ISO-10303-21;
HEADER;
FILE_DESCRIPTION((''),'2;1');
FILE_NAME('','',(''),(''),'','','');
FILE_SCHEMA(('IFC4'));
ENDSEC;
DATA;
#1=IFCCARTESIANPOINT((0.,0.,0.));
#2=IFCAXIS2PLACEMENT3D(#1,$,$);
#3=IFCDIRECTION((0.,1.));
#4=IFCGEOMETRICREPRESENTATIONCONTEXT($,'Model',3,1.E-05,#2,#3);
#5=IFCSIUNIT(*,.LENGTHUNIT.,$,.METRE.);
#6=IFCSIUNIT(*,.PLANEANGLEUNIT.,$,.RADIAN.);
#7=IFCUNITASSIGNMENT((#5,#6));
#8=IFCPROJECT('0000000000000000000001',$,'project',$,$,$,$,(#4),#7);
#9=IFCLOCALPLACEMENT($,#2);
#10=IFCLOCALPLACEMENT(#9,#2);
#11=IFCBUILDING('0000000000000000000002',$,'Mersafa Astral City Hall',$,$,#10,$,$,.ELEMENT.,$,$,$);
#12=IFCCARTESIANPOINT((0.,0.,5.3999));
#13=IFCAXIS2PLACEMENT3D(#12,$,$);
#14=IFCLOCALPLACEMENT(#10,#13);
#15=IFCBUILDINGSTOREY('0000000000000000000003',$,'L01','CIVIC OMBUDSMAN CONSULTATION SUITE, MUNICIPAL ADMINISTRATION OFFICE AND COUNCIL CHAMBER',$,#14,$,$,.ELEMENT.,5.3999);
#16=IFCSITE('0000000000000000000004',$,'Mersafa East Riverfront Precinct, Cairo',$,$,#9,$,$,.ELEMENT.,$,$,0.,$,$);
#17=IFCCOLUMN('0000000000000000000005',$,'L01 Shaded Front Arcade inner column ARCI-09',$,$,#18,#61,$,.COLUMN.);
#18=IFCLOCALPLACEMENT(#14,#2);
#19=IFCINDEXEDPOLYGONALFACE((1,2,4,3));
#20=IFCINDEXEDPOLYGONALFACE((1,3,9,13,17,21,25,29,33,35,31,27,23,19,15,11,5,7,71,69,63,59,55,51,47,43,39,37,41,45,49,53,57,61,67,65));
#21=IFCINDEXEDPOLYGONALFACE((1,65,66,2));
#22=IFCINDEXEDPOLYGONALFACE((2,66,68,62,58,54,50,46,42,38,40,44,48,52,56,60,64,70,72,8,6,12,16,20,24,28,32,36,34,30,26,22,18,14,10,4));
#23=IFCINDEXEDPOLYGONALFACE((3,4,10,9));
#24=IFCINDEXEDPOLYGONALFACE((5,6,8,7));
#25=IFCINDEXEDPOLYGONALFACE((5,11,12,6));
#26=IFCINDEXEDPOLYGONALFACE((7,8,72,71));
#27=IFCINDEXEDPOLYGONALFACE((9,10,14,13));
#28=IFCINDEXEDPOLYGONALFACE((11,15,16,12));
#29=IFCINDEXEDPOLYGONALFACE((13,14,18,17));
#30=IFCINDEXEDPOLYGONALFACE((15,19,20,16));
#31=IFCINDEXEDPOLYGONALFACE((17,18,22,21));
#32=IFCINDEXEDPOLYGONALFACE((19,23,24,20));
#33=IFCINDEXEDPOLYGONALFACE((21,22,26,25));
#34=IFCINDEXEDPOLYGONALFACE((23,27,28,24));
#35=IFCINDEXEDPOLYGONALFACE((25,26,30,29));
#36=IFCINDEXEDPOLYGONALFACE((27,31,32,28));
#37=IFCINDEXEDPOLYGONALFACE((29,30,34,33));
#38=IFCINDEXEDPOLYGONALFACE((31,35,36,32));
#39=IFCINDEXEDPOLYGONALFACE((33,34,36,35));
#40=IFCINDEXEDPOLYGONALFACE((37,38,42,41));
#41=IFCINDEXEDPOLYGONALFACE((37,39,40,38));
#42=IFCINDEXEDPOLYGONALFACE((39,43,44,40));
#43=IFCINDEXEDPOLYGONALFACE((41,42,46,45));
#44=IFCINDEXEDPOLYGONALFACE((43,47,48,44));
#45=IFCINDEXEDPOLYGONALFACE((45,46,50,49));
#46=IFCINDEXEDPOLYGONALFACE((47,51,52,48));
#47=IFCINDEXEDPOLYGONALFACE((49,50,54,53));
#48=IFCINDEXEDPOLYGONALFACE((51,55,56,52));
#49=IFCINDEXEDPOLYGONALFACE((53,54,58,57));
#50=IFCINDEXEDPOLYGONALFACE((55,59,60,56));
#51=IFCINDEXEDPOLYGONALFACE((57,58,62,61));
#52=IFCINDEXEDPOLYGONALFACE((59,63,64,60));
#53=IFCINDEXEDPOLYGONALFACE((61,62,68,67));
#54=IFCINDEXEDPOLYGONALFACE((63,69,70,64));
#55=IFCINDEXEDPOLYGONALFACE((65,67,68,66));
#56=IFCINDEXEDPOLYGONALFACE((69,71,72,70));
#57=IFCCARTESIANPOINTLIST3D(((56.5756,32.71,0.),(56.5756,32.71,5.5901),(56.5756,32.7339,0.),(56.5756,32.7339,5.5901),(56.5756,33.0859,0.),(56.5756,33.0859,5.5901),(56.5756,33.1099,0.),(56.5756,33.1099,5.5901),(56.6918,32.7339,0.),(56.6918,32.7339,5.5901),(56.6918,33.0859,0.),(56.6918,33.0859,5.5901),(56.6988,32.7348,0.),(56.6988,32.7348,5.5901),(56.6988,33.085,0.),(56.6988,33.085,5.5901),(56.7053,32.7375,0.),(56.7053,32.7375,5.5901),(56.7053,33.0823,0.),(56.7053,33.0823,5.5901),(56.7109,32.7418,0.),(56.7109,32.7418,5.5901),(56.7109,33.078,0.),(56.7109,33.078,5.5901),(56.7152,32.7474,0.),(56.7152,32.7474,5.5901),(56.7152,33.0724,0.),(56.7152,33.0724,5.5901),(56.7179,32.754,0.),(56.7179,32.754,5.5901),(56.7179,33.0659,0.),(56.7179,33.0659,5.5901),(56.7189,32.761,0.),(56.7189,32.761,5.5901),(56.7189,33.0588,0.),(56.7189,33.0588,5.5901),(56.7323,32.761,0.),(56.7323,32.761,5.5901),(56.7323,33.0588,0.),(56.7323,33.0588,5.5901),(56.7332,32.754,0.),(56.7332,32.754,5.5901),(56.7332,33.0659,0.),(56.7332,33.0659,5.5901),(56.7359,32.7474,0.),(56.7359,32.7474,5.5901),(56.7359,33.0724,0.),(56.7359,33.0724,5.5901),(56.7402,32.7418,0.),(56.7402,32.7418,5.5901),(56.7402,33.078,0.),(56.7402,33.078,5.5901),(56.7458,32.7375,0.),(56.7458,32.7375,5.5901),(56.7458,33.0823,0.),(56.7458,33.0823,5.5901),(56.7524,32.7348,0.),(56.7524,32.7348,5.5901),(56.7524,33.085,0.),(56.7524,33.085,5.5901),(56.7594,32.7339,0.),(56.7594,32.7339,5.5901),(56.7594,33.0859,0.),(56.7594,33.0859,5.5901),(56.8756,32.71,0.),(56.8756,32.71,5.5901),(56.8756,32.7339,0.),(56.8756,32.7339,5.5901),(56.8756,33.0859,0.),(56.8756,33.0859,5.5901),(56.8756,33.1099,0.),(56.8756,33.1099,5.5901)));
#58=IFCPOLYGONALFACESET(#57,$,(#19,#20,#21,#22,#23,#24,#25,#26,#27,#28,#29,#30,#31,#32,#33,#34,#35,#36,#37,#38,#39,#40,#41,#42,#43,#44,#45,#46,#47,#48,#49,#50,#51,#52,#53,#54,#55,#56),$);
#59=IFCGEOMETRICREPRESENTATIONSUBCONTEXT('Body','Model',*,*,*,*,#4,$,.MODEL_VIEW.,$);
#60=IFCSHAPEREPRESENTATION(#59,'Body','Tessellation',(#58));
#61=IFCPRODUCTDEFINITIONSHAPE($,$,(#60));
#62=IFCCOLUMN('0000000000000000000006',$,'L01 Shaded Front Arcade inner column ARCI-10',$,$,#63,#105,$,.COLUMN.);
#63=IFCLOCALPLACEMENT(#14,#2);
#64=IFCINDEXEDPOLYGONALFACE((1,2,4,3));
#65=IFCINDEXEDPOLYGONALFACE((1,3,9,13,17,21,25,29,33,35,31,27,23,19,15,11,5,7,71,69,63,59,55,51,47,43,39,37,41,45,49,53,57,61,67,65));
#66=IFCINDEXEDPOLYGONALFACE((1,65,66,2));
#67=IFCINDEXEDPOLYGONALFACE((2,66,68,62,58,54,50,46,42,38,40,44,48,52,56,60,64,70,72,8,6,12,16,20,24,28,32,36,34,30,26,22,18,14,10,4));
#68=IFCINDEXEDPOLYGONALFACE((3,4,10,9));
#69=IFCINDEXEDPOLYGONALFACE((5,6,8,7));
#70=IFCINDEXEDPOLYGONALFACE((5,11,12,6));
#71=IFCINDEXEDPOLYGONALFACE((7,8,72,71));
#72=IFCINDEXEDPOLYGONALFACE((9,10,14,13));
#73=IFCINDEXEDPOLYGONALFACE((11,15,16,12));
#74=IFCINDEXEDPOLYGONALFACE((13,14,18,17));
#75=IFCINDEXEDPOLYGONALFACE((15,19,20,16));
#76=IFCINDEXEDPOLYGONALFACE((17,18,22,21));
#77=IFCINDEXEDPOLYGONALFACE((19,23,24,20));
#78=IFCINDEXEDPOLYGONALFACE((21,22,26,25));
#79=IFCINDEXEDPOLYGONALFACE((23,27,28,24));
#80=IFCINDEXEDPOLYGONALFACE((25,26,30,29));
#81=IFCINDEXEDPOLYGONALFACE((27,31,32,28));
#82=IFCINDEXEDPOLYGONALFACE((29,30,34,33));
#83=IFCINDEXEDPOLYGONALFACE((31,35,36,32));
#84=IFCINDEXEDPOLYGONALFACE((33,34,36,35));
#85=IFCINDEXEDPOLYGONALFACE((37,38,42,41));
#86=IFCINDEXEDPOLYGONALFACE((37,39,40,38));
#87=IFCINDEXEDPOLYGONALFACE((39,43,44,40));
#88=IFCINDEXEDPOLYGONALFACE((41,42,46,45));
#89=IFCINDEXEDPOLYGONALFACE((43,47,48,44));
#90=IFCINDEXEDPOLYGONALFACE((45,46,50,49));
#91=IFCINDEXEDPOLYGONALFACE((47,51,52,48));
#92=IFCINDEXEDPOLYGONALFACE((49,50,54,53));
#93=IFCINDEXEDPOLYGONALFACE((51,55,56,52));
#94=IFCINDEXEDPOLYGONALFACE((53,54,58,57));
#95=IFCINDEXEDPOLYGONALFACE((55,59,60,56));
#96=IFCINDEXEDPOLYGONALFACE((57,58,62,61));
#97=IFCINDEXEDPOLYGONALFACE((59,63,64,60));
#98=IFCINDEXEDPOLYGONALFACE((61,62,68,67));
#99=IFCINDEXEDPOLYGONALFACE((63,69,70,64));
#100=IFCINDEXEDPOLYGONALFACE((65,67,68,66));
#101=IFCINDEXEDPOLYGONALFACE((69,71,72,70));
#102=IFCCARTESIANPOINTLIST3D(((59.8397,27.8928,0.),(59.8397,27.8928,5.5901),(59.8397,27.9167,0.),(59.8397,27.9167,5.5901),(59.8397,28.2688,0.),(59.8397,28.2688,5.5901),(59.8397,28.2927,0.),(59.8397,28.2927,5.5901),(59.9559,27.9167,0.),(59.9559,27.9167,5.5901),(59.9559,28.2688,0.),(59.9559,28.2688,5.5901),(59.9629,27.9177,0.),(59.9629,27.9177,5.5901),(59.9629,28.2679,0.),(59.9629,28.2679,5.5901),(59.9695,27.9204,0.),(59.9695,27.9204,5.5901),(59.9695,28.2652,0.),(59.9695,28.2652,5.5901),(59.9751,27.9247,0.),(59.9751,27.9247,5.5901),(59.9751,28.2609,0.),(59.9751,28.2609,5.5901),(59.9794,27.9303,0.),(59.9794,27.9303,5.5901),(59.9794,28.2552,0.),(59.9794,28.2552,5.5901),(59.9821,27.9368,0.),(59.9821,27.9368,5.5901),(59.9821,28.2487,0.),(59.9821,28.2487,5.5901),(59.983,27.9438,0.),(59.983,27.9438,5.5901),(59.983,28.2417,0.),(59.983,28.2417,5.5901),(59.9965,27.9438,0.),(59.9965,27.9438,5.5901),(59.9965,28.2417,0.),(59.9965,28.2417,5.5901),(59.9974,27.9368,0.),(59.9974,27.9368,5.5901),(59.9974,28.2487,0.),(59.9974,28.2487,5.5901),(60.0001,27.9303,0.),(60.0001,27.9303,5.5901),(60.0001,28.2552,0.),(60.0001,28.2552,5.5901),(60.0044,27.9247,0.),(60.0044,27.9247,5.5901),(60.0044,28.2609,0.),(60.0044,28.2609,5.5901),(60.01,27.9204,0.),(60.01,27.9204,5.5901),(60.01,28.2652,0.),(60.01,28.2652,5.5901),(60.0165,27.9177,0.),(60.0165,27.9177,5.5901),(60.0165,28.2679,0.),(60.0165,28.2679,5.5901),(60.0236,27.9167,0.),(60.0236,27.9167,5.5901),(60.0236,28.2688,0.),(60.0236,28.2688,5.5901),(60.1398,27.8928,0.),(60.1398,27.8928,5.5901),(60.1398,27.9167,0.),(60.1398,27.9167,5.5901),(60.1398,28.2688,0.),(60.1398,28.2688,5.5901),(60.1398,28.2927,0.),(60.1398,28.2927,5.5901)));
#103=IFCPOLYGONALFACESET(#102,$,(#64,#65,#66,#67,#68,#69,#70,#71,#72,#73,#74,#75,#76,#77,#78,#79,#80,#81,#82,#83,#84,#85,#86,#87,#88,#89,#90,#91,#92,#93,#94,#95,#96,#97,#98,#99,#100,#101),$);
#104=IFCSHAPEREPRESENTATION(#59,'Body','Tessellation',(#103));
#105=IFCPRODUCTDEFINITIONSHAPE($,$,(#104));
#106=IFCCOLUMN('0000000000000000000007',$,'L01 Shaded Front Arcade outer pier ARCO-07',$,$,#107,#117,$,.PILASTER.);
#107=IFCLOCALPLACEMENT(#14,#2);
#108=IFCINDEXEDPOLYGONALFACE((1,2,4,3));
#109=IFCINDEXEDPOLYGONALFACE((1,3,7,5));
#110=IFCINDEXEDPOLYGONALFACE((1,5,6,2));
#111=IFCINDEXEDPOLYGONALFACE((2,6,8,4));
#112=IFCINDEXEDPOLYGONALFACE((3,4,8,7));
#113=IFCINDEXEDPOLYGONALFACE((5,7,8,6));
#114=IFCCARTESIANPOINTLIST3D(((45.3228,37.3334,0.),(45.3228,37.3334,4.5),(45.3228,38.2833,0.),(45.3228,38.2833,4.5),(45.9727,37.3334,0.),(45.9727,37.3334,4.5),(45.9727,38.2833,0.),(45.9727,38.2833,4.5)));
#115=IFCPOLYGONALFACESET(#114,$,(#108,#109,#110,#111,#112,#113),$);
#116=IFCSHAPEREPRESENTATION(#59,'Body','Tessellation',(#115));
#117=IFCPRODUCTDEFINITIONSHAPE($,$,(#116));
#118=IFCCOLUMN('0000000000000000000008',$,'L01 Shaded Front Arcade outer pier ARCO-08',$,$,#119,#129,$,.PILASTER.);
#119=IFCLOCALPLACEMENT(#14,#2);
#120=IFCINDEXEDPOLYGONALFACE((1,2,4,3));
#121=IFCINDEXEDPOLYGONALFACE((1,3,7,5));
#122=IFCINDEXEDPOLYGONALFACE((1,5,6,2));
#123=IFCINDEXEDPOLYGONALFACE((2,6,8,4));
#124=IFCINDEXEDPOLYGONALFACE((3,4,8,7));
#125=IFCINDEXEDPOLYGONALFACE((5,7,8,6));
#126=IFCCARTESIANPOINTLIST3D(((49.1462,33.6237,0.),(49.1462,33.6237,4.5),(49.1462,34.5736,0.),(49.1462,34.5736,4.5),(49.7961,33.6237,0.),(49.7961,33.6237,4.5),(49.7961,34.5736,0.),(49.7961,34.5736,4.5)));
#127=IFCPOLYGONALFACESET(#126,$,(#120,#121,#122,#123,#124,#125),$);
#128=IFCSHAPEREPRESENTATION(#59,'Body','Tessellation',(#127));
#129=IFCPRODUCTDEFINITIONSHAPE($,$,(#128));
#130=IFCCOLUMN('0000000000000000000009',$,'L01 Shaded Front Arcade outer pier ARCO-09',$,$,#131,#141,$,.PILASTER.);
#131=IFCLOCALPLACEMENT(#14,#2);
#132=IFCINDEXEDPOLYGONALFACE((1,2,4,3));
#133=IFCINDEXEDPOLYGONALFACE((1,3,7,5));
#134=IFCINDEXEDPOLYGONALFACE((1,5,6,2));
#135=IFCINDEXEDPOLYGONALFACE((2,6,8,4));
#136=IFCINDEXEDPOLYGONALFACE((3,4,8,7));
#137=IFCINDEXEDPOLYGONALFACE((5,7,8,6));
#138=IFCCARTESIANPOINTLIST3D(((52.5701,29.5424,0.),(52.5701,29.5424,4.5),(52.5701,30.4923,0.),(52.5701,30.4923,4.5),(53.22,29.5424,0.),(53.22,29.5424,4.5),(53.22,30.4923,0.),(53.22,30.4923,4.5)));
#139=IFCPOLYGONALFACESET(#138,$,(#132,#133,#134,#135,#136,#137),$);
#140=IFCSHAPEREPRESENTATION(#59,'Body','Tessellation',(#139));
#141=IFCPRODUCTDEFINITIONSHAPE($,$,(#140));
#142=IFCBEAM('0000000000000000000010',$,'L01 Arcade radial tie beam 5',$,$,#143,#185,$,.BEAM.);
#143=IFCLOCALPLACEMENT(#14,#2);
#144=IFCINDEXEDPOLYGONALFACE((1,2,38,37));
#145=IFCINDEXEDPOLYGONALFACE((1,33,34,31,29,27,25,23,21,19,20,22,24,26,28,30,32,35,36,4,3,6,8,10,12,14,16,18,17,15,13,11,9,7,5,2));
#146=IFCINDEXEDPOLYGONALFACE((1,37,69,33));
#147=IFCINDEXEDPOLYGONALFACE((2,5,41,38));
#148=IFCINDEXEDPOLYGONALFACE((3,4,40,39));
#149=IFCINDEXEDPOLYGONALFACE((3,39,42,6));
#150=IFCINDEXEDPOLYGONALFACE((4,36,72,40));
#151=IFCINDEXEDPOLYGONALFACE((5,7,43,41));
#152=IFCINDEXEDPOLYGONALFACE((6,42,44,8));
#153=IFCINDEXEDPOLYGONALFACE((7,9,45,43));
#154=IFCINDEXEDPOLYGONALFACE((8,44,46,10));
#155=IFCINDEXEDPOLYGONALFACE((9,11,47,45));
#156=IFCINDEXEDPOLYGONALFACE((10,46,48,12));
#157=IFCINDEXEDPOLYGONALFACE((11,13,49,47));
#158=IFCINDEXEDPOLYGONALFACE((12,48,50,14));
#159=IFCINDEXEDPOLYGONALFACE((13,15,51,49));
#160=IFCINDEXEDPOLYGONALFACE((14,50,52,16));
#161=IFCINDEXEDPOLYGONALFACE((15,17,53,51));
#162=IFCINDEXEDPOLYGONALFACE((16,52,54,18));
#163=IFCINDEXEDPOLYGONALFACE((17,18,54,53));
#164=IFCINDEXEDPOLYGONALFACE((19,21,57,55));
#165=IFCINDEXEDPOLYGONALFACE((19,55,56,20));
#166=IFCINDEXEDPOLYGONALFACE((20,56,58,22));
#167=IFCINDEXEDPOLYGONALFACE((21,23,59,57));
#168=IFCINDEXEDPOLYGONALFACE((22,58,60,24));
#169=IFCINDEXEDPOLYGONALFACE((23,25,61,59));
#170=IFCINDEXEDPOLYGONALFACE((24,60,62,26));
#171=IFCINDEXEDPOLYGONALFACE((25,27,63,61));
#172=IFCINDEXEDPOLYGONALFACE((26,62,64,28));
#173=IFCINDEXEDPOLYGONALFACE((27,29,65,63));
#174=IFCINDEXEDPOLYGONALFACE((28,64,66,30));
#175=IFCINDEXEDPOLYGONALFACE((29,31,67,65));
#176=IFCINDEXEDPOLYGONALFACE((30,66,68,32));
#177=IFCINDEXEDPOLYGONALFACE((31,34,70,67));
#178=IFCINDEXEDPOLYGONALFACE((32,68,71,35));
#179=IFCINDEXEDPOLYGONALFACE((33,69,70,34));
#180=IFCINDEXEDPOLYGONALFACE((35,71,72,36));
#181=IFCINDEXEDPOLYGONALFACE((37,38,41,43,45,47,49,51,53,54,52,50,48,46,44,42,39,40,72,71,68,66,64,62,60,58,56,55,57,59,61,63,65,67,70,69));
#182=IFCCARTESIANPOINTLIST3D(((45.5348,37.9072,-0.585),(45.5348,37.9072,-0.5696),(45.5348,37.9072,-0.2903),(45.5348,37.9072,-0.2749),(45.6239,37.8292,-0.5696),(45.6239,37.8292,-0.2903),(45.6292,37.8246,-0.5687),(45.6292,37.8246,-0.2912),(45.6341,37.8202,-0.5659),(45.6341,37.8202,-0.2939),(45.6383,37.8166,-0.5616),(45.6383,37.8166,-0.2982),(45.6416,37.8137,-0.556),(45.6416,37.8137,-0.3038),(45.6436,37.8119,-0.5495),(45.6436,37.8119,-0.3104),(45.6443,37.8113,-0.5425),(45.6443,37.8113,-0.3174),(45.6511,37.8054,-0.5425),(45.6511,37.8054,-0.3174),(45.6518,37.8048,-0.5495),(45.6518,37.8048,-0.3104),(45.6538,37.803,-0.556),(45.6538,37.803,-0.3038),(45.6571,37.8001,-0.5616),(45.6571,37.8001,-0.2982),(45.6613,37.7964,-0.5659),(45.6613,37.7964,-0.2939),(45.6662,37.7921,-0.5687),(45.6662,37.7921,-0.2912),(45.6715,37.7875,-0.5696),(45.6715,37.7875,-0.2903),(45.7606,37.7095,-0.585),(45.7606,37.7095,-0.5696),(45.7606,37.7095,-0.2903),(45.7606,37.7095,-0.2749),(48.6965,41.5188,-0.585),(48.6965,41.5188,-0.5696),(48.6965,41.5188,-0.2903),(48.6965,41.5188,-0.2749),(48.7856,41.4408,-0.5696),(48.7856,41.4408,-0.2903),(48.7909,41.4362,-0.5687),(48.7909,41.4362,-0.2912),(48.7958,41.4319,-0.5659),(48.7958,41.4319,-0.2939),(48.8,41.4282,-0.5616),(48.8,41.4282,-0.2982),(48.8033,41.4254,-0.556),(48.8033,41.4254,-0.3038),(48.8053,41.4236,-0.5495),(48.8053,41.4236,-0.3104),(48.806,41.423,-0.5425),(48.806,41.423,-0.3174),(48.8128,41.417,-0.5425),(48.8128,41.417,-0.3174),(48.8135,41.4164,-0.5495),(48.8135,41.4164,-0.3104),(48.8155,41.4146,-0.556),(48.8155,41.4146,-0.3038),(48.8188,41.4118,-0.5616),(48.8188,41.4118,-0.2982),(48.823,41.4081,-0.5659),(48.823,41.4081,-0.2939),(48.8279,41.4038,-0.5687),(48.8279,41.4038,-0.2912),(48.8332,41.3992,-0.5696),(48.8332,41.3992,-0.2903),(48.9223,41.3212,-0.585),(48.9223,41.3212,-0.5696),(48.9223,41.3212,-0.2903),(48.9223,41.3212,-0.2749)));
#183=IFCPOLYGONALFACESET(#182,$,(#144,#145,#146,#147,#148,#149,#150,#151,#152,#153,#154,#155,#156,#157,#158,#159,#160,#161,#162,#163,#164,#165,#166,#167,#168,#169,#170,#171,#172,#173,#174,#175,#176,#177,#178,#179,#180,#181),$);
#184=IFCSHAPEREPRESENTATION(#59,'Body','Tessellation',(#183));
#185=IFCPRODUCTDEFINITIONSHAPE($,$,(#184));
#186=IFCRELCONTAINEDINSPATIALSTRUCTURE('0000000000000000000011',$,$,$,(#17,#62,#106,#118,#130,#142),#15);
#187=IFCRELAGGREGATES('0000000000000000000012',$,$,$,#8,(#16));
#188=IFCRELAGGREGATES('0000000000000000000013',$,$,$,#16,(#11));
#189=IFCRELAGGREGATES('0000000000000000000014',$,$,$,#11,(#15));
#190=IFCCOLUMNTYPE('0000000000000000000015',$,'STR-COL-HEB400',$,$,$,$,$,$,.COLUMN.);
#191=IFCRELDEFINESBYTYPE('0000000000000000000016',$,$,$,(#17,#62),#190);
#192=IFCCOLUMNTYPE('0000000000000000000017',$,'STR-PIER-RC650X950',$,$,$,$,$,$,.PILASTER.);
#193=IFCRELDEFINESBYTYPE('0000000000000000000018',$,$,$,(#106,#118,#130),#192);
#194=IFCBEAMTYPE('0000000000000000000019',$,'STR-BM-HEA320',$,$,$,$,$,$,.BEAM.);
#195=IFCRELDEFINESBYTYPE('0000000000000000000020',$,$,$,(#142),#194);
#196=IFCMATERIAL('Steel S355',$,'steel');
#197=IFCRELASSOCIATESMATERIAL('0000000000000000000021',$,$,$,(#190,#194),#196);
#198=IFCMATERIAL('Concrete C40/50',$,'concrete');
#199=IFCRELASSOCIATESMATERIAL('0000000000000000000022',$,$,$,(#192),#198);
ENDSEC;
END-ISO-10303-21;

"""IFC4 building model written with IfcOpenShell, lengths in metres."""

from ifc_helpers import new_model, si_unit, direction, frame, origin, origin_2d, place, context, subcontext, project, spatial, rectangle, i_section, extrude, material, material_profile, profile_set, type_object, element, save


model = new_model("IFC4")

# Units and contexts
model_context = context("Model", 3, precision=1e-05, world=origin(), true_north=direction((0.0, 1.0)))
body_context = subcontext(model_context, "Body", "Model", "MODEL_VIEW")
ifc_project = project(units=[si_unit("LENGTHUNIT", "METRE"), si_unit("PLANEANGLEUNIT", "RADIAN")], contexts=[model_context])

# Site, building, storey
site_placement = place(None, origin())
site = spatial("IfcSite", under=ifc_project, at=site_placement, Name="Mersafa East Riverfront Precinct, Cairo", CompositionType="ELEMENT", RefElevation=0.0)
building_placement = place(site_placement, origin())
building = spatial("IfcBuilding", under=site, at=building_placement, Name="Mersafa Astral City Hall", CompositionType="ELEMENT")
storey_placement = place(building_placement, frame((0.0, 0.0, 5.3999)))
storey = spatial("IfcBuildingStorey", under=building, at=storey_placement, Name="L01", Description="CIVIC OMBUDSMAN CONSULTATION SUITE, MUNICIPAL ADMINISTRATION OFFICE AND COUNCIL CHAMBER", CompositionType="ELEMENT", Elevation=5.3999)

# Columns
ifc_material_1 = material(Name="Steel S355", Category="steel")
ifc_material_profile_1 = material_profile(ifc_material_1, i_section(OverallWidth=0.3, OverallDepth=0.3999, WebThickness=0.0134, FlangeThickness=0.0239, FilletRadius=0.0271, at=origin_2d()), Name="HEB 400")
ifc_profile_set_1 = profile_set([ifc_material_profile_1], Name="Steel S355")
column_type_1 = type_object("IfcColumnType", Name="STR-COL-HEB400", PredefinedType="COLUMN", material=ifc_profile_set_1)
for number, where, z_axis, x_axis, name in (
    (1, (56.7256, 32.9099, 0.0), (0.0, 0.0, 1.0), (1.0, 0.0, 0.0), "L01 Shaded Front Arcade inner column ARCI-09"),
    (2, (59.9897, 28.0928, 0.0), (0.0, 0.0, 1.0), (1.0, 0.0, 0.0), "L01 Shaded Front Arcade inner column ARCI-10"),
):
    element("IfcColumn", number, at=place(storey_placement, frame(where, z_axis=z_axis, x_axis=x_axis)), inside=storey, type_object=column_type_1, Name=name, PredefinedType="COLUMN", context=body_context, shape_type="SweptSolid", body=[
        extrude(i_section(OverallWidth=0.3, OverallDepth=0.3999, WebThickness=0.0134, FlangeThickness=0.0239, FilletRadius=0.0271, at=origin_2d()), origin(), (0.0, 0.0, 1.0), 5.5901),
    ])
ifc_material_2 = material(Name="Concrete C40/50", Category="concrete")
ifc_material_profile_2 = material_profile(ifc_material_2, rectangle(XDim=0.6499, YDim=0.95, at=origin_2d()), Name="RC 650x950")
ifc_profile_set_2 = profile_set([ifc_material_profile_2], Name="Concrete C40/50")
column_type_2 = type_object("IfcColumnType", Name="STR-PIER-RC650X950", PredefinedType="PILASTER", material=ifc_profile_set_2)
for number, where, z_axis, x_axis, name in (
    (3, (45.6477, 37.8083, 0.0), (0.0, 0.0, 1.0), (1.0, 0.0, 0.0), "L01 Shaded Front Arcade outer pier ARCO-07"),
    (4, (49.4712, 34.0986, 0.0), (0.0, 0.0, 1.0), (1.0, 0.0, 0.0), "L01 Shaded Front Arcade outer pier ARCO-08"),
    (5, (52.895, 30.0173, 0.0), (0.0, 0.0, 1.0), (1.0, 0.0, 0.0), "L01 Shaded Front Arcade outer pier ARCO-09"),
):
    element("IfcColumn", number, at=place(storey_placement, frame(where, z_axis=z_axis, x_axis=x_axis)), inside=storey, type_object=column_type_2, Name=name, PredefinedType="PILASTER", context=body_context, shape_type="SweptSolid", body=[
        extrude(rectangle(XDim=0.6499, YDim=0.95, at=origin_2d()), origin(), (0.0, 0.0, 1.0), 4.5),
    ])

# Beam
ifc_material_profile_3 = material_profile(ifc_material_1, i_section(OverallWidth=0.3, OverallDepth=0.3101, WebThickness=0.009, FlangeThickness=0.0154, FilletRadius=0.0271, at=origin_2d()), Name="HEA 320")
ifc_profile_set_3 = profile_set([ifc_material_profile_3], Name="Steel S355")
beam_type_1 = type_object("IfcBeamType", Name="STR-BM-HEA320", PredefinedType="BEAM", material=ifc_profile_set_3)
beam_1_placement = place(storey_placement, frame((45.6477, 37.8083, -0.4299), z_axis=(0.658681, 0.752422, 0.0), x_axis=(-0.752422, 0.658681, 0.0)))
element("IfcBeam", 6, at=beam_1_placement, inside=storey, type_object=beam_type_1, Name="L01 Arcade radial tie beam 5", PredefinedType="BEAM", context=body_context, shape_type="SweptSolid", body=[
    extrude(i_section(OverallWidth=0.3, OverallDepth=0.3101, WebThickness=0.009, FlangeThickness=0.0154, FilletRadius=0.0271, at=origin_2d()), origin(), (0.0, 0.0, 1.0), 4.8),
])

save(model, "model.ifc")
